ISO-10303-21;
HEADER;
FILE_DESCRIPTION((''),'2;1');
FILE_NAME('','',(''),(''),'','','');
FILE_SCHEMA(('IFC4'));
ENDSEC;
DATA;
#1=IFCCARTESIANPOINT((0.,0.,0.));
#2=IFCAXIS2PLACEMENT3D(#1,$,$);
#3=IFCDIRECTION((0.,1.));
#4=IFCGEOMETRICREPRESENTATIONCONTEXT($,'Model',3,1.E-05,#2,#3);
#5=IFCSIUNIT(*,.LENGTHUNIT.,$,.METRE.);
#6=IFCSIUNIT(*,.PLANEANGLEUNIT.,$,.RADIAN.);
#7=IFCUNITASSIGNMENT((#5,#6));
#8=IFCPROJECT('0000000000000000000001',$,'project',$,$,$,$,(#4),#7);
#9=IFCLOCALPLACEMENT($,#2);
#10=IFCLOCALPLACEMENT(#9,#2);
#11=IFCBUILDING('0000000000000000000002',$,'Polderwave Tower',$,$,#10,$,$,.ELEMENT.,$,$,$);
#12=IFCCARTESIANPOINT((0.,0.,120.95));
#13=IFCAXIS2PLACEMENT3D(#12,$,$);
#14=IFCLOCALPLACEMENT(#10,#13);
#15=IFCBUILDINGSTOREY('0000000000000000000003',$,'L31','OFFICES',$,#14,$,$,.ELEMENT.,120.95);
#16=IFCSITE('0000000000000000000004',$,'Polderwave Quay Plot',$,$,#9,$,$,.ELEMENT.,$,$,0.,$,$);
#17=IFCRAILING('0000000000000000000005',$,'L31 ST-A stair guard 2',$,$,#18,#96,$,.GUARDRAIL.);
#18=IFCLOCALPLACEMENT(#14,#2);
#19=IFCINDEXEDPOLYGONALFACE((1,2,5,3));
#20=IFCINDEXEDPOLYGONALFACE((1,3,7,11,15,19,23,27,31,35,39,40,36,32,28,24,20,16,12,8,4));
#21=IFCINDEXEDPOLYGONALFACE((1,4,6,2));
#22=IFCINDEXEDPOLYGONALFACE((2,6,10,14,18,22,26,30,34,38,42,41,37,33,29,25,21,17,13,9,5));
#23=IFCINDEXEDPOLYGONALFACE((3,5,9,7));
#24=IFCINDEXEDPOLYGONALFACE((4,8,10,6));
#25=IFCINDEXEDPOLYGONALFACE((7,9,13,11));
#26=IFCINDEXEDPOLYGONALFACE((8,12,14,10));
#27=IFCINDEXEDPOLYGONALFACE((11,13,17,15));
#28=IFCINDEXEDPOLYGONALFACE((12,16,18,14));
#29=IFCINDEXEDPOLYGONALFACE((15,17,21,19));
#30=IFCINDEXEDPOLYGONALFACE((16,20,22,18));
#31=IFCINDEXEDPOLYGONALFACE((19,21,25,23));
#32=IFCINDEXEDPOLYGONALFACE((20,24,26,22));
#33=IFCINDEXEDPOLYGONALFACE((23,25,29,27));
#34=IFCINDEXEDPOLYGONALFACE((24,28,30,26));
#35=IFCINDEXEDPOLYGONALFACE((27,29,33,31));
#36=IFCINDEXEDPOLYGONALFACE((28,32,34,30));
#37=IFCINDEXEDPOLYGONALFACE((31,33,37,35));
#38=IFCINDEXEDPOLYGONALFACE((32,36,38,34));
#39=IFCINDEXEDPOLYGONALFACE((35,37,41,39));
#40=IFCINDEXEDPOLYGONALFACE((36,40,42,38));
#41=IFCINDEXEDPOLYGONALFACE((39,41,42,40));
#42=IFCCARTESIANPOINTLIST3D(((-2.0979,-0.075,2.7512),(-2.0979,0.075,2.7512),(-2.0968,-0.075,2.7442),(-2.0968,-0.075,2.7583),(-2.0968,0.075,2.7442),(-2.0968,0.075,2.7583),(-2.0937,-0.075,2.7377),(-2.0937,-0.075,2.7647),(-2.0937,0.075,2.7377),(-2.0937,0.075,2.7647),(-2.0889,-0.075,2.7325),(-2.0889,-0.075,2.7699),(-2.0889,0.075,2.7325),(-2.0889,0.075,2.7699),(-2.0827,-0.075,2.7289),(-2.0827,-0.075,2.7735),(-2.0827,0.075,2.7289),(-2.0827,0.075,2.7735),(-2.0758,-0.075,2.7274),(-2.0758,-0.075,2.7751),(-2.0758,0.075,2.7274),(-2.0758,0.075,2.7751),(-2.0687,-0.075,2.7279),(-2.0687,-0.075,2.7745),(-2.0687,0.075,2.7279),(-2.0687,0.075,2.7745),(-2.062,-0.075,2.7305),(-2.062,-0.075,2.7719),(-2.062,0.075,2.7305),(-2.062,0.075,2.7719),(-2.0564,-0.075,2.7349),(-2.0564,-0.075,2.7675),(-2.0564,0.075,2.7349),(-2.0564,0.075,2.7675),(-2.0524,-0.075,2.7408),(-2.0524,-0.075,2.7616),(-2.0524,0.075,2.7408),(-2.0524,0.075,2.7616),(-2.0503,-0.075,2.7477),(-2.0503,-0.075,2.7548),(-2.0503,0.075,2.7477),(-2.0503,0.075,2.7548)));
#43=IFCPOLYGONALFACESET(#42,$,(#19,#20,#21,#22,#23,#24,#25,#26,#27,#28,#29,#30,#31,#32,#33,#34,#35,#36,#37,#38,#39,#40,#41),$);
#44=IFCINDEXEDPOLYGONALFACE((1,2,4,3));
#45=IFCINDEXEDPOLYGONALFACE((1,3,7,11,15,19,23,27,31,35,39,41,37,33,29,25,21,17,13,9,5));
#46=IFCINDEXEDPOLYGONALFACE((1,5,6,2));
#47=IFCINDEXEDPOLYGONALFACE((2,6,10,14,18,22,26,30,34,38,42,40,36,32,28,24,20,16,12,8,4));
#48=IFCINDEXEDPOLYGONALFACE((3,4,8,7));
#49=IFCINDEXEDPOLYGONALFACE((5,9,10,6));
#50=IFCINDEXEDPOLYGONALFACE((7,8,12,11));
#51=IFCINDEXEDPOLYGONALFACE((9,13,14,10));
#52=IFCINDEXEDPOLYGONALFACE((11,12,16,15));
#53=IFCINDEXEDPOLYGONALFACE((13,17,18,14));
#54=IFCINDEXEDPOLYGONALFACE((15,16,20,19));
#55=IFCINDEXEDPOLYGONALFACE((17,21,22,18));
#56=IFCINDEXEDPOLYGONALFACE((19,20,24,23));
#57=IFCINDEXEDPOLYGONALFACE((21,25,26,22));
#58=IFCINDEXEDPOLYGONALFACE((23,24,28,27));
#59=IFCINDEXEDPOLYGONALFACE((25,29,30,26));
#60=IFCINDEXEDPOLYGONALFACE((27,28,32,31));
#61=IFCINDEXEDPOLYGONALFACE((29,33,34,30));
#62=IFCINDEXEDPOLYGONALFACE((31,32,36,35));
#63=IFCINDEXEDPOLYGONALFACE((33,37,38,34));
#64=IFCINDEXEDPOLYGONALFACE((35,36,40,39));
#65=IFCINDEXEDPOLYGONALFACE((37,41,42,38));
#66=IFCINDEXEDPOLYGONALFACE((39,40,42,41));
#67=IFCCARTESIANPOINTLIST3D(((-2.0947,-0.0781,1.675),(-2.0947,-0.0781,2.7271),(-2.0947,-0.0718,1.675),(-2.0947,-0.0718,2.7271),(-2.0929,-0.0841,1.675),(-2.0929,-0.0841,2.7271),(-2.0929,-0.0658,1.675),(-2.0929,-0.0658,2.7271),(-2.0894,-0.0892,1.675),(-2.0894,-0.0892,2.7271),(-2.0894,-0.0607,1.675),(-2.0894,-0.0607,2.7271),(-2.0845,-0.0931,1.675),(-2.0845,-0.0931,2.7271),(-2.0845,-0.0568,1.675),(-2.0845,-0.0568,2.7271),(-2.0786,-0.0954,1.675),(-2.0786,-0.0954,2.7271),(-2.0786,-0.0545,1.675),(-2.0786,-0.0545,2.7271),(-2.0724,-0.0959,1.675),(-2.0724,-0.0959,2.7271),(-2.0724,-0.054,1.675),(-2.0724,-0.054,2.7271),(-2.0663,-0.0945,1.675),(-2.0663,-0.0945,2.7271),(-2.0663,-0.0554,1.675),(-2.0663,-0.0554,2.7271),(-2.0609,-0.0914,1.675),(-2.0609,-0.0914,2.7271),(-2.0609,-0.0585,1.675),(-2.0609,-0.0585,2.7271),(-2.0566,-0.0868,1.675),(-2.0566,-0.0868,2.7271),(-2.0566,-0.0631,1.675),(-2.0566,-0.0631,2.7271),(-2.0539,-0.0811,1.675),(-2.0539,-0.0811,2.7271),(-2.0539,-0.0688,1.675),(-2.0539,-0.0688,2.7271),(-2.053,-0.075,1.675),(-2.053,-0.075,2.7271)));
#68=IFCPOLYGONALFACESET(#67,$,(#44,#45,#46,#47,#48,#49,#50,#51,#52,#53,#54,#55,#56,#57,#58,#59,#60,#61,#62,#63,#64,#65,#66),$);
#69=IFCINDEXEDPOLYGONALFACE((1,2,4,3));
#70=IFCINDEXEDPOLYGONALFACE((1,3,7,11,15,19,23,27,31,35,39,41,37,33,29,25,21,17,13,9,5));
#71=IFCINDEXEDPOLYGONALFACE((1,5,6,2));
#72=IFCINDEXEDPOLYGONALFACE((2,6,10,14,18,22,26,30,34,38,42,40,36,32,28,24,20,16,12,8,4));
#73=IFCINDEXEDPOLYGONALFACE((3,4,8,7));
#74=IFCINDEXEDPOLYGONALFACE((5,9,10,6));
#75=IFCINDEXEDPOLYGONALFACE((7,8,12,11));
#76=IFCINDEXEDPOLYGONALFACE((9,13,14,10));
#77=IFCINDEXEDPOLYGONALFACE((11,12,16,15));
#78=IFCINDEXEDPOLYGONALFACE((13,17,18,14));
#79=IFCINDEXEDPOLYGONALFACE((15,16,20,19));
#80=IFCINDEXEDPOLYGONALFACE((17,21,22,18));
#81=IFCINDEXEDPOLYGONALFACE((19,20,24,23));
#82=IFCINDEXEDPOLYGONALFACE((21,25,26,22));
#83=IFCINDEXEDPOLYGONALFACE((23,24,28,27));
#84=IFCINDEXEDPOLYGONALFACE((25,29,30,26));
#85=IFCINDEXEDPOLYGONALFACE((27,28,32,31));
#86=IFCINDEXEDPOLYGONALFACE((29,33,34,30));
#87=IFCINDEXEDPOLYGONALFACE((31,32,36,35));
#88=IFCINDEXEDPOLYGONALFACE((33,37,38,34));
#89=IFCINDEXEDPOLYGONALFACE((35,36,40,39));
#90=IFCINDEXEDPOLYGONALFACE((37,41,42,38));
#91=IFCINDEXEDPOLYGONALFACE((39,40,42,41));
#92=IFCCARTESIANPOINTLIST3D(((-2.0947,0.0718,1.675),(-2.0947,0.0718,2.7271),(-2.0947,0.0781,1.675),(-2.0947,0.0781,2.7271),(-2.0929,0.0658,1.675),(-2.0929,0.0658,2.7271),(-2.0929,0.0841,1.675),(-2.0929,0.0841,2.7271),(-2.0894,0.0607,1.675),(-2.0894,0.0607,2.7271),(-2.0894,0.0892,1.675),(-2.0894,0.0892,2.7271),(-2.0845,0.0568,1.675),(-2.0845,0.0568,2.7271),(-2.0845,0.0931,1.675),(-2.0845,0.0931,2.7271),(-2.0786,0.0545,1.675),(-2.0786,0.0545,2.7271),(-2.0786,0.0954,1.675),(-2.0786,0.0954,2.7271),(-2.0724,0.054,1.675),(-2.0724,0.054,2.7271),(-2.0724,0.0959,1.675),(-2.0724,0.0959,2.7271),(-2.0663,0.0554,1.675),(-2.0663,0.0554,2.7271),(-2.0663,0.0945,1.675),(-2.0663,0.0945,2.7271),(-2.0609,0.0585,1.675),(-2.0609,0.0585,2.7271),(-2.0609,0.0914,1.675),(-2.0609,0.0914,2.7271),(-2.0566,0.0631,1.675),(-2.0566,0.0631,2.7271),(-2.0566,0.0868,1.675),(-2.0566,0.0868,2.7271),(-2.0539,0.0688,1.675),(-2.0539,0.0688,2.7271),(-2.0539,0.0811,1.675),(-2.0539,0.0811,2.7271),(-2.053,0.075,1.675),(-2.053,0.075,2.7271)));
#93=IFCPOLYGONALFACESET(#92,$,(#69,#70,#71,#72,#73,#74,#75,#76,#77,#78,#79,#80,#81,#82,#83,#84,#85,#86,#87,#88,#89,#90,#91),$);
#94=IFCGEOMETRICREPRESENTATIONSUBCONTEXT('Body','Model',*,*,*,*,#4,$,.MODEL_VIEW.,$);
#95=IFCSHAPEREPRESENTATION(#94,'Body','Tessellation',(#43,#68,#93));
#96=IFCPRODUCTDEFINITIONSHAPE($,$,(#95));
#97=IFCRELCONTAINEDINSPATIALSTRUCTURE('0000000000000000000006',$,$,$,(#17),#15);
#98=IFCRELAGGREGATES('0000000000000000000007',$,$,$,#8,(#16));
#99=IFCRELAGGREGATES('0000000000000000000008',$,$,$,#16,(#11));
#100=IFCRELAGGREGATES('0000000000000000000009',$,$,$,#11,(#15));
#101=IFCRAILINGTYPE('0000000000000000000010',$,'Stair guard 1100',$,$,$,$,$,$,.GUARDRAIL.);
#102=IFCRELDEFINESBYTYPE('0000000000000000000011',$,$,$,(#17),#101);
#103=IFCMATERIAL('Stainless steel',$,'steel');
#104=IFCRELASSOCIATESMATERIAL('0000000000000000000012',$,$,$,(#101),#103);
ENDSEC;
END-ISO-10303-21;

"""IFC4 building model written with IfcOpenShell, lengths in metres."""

from ifc_helpers import new_model, si_unit, direction, frame, origin, origin_2d, place, context, subcontext, project, spatial, circle, extrude, material, type_object, element, save


model = new_model("IFC4")

# Units and contexts
model_context = context("Model", 3, precision=1e-05, world=origin(), true_north=direction((0.0, 1.0)))
body_context = subcontext(model_context, "Body", "Model", "MODEL_VIEW")
ifc_project = project(units=[si_unit("LENGTHUNIT", "METRE"), si_unit("PLANEANGLEUNIT", "RADIAN")], contexts=[model_context])

# Site, building, storey
site_placement = place(None, origin())
site = spatial("IfcSite", under=ifc_project, at=site_placement, Name="Polderwave Quay Plot", CompositionType="ELEMENT", RefElevation=0.0)
building_placement = place(site_placement, origin())
building = spatial("IfcBuilding", under=site, at=building_placement, Name="Polderwave Tower", CompositionType="ELEMENT")
storey_placement = place(building_placement, frame((0.0, 0.0, 120.95)))
storey = spatial("IfcBuildingStorey", under=building, at=storey_placement, Name="L31", Description="OFFICES", CompositionType="ELEMENT", Elevation=120.95)

# Railing
ifc_material_1 = material(Name="Stainless steel", Category="steel")
railing_type_1 = type_object("IfcRailingType", Name="Stair guard 1100", PredefinedType="GUARDRAIL", material=ifc_material_1)
railing_1_placement = place(storey_placement, frame((-2.074, -0.075, 1.675)))
element("IfcRailing", 1, at=railing_1_placement, inside=storey, type_object=railing_type_1, Name="L31 ST-A stair guard 2", PredefinedType="GUARDRAIL", context=body_context, shape_type="SweptSolid", body=[
    extrude(circle(Radius=0.0239, at=origin_2d()), frame((0.0, 0.0, 1.0762), z_axis=(0.0, 1.0, 0.0), x_axis=(-1.0, 0.0, 0.0)), (0.0, 0.0, 1.0), 0.1499),
    extrude(circle(Radius=0.021, at=origin_2d()), origin(), (0.0, 0.0, 1.0), 1.052),
    extrude(circle(Radius=0.021, at=origin_2d()), frame((0.0, 0.1499, 0.0)), (0.0, 0.0, 1.0), 1.052),
])

save(model, "model.ifc")
